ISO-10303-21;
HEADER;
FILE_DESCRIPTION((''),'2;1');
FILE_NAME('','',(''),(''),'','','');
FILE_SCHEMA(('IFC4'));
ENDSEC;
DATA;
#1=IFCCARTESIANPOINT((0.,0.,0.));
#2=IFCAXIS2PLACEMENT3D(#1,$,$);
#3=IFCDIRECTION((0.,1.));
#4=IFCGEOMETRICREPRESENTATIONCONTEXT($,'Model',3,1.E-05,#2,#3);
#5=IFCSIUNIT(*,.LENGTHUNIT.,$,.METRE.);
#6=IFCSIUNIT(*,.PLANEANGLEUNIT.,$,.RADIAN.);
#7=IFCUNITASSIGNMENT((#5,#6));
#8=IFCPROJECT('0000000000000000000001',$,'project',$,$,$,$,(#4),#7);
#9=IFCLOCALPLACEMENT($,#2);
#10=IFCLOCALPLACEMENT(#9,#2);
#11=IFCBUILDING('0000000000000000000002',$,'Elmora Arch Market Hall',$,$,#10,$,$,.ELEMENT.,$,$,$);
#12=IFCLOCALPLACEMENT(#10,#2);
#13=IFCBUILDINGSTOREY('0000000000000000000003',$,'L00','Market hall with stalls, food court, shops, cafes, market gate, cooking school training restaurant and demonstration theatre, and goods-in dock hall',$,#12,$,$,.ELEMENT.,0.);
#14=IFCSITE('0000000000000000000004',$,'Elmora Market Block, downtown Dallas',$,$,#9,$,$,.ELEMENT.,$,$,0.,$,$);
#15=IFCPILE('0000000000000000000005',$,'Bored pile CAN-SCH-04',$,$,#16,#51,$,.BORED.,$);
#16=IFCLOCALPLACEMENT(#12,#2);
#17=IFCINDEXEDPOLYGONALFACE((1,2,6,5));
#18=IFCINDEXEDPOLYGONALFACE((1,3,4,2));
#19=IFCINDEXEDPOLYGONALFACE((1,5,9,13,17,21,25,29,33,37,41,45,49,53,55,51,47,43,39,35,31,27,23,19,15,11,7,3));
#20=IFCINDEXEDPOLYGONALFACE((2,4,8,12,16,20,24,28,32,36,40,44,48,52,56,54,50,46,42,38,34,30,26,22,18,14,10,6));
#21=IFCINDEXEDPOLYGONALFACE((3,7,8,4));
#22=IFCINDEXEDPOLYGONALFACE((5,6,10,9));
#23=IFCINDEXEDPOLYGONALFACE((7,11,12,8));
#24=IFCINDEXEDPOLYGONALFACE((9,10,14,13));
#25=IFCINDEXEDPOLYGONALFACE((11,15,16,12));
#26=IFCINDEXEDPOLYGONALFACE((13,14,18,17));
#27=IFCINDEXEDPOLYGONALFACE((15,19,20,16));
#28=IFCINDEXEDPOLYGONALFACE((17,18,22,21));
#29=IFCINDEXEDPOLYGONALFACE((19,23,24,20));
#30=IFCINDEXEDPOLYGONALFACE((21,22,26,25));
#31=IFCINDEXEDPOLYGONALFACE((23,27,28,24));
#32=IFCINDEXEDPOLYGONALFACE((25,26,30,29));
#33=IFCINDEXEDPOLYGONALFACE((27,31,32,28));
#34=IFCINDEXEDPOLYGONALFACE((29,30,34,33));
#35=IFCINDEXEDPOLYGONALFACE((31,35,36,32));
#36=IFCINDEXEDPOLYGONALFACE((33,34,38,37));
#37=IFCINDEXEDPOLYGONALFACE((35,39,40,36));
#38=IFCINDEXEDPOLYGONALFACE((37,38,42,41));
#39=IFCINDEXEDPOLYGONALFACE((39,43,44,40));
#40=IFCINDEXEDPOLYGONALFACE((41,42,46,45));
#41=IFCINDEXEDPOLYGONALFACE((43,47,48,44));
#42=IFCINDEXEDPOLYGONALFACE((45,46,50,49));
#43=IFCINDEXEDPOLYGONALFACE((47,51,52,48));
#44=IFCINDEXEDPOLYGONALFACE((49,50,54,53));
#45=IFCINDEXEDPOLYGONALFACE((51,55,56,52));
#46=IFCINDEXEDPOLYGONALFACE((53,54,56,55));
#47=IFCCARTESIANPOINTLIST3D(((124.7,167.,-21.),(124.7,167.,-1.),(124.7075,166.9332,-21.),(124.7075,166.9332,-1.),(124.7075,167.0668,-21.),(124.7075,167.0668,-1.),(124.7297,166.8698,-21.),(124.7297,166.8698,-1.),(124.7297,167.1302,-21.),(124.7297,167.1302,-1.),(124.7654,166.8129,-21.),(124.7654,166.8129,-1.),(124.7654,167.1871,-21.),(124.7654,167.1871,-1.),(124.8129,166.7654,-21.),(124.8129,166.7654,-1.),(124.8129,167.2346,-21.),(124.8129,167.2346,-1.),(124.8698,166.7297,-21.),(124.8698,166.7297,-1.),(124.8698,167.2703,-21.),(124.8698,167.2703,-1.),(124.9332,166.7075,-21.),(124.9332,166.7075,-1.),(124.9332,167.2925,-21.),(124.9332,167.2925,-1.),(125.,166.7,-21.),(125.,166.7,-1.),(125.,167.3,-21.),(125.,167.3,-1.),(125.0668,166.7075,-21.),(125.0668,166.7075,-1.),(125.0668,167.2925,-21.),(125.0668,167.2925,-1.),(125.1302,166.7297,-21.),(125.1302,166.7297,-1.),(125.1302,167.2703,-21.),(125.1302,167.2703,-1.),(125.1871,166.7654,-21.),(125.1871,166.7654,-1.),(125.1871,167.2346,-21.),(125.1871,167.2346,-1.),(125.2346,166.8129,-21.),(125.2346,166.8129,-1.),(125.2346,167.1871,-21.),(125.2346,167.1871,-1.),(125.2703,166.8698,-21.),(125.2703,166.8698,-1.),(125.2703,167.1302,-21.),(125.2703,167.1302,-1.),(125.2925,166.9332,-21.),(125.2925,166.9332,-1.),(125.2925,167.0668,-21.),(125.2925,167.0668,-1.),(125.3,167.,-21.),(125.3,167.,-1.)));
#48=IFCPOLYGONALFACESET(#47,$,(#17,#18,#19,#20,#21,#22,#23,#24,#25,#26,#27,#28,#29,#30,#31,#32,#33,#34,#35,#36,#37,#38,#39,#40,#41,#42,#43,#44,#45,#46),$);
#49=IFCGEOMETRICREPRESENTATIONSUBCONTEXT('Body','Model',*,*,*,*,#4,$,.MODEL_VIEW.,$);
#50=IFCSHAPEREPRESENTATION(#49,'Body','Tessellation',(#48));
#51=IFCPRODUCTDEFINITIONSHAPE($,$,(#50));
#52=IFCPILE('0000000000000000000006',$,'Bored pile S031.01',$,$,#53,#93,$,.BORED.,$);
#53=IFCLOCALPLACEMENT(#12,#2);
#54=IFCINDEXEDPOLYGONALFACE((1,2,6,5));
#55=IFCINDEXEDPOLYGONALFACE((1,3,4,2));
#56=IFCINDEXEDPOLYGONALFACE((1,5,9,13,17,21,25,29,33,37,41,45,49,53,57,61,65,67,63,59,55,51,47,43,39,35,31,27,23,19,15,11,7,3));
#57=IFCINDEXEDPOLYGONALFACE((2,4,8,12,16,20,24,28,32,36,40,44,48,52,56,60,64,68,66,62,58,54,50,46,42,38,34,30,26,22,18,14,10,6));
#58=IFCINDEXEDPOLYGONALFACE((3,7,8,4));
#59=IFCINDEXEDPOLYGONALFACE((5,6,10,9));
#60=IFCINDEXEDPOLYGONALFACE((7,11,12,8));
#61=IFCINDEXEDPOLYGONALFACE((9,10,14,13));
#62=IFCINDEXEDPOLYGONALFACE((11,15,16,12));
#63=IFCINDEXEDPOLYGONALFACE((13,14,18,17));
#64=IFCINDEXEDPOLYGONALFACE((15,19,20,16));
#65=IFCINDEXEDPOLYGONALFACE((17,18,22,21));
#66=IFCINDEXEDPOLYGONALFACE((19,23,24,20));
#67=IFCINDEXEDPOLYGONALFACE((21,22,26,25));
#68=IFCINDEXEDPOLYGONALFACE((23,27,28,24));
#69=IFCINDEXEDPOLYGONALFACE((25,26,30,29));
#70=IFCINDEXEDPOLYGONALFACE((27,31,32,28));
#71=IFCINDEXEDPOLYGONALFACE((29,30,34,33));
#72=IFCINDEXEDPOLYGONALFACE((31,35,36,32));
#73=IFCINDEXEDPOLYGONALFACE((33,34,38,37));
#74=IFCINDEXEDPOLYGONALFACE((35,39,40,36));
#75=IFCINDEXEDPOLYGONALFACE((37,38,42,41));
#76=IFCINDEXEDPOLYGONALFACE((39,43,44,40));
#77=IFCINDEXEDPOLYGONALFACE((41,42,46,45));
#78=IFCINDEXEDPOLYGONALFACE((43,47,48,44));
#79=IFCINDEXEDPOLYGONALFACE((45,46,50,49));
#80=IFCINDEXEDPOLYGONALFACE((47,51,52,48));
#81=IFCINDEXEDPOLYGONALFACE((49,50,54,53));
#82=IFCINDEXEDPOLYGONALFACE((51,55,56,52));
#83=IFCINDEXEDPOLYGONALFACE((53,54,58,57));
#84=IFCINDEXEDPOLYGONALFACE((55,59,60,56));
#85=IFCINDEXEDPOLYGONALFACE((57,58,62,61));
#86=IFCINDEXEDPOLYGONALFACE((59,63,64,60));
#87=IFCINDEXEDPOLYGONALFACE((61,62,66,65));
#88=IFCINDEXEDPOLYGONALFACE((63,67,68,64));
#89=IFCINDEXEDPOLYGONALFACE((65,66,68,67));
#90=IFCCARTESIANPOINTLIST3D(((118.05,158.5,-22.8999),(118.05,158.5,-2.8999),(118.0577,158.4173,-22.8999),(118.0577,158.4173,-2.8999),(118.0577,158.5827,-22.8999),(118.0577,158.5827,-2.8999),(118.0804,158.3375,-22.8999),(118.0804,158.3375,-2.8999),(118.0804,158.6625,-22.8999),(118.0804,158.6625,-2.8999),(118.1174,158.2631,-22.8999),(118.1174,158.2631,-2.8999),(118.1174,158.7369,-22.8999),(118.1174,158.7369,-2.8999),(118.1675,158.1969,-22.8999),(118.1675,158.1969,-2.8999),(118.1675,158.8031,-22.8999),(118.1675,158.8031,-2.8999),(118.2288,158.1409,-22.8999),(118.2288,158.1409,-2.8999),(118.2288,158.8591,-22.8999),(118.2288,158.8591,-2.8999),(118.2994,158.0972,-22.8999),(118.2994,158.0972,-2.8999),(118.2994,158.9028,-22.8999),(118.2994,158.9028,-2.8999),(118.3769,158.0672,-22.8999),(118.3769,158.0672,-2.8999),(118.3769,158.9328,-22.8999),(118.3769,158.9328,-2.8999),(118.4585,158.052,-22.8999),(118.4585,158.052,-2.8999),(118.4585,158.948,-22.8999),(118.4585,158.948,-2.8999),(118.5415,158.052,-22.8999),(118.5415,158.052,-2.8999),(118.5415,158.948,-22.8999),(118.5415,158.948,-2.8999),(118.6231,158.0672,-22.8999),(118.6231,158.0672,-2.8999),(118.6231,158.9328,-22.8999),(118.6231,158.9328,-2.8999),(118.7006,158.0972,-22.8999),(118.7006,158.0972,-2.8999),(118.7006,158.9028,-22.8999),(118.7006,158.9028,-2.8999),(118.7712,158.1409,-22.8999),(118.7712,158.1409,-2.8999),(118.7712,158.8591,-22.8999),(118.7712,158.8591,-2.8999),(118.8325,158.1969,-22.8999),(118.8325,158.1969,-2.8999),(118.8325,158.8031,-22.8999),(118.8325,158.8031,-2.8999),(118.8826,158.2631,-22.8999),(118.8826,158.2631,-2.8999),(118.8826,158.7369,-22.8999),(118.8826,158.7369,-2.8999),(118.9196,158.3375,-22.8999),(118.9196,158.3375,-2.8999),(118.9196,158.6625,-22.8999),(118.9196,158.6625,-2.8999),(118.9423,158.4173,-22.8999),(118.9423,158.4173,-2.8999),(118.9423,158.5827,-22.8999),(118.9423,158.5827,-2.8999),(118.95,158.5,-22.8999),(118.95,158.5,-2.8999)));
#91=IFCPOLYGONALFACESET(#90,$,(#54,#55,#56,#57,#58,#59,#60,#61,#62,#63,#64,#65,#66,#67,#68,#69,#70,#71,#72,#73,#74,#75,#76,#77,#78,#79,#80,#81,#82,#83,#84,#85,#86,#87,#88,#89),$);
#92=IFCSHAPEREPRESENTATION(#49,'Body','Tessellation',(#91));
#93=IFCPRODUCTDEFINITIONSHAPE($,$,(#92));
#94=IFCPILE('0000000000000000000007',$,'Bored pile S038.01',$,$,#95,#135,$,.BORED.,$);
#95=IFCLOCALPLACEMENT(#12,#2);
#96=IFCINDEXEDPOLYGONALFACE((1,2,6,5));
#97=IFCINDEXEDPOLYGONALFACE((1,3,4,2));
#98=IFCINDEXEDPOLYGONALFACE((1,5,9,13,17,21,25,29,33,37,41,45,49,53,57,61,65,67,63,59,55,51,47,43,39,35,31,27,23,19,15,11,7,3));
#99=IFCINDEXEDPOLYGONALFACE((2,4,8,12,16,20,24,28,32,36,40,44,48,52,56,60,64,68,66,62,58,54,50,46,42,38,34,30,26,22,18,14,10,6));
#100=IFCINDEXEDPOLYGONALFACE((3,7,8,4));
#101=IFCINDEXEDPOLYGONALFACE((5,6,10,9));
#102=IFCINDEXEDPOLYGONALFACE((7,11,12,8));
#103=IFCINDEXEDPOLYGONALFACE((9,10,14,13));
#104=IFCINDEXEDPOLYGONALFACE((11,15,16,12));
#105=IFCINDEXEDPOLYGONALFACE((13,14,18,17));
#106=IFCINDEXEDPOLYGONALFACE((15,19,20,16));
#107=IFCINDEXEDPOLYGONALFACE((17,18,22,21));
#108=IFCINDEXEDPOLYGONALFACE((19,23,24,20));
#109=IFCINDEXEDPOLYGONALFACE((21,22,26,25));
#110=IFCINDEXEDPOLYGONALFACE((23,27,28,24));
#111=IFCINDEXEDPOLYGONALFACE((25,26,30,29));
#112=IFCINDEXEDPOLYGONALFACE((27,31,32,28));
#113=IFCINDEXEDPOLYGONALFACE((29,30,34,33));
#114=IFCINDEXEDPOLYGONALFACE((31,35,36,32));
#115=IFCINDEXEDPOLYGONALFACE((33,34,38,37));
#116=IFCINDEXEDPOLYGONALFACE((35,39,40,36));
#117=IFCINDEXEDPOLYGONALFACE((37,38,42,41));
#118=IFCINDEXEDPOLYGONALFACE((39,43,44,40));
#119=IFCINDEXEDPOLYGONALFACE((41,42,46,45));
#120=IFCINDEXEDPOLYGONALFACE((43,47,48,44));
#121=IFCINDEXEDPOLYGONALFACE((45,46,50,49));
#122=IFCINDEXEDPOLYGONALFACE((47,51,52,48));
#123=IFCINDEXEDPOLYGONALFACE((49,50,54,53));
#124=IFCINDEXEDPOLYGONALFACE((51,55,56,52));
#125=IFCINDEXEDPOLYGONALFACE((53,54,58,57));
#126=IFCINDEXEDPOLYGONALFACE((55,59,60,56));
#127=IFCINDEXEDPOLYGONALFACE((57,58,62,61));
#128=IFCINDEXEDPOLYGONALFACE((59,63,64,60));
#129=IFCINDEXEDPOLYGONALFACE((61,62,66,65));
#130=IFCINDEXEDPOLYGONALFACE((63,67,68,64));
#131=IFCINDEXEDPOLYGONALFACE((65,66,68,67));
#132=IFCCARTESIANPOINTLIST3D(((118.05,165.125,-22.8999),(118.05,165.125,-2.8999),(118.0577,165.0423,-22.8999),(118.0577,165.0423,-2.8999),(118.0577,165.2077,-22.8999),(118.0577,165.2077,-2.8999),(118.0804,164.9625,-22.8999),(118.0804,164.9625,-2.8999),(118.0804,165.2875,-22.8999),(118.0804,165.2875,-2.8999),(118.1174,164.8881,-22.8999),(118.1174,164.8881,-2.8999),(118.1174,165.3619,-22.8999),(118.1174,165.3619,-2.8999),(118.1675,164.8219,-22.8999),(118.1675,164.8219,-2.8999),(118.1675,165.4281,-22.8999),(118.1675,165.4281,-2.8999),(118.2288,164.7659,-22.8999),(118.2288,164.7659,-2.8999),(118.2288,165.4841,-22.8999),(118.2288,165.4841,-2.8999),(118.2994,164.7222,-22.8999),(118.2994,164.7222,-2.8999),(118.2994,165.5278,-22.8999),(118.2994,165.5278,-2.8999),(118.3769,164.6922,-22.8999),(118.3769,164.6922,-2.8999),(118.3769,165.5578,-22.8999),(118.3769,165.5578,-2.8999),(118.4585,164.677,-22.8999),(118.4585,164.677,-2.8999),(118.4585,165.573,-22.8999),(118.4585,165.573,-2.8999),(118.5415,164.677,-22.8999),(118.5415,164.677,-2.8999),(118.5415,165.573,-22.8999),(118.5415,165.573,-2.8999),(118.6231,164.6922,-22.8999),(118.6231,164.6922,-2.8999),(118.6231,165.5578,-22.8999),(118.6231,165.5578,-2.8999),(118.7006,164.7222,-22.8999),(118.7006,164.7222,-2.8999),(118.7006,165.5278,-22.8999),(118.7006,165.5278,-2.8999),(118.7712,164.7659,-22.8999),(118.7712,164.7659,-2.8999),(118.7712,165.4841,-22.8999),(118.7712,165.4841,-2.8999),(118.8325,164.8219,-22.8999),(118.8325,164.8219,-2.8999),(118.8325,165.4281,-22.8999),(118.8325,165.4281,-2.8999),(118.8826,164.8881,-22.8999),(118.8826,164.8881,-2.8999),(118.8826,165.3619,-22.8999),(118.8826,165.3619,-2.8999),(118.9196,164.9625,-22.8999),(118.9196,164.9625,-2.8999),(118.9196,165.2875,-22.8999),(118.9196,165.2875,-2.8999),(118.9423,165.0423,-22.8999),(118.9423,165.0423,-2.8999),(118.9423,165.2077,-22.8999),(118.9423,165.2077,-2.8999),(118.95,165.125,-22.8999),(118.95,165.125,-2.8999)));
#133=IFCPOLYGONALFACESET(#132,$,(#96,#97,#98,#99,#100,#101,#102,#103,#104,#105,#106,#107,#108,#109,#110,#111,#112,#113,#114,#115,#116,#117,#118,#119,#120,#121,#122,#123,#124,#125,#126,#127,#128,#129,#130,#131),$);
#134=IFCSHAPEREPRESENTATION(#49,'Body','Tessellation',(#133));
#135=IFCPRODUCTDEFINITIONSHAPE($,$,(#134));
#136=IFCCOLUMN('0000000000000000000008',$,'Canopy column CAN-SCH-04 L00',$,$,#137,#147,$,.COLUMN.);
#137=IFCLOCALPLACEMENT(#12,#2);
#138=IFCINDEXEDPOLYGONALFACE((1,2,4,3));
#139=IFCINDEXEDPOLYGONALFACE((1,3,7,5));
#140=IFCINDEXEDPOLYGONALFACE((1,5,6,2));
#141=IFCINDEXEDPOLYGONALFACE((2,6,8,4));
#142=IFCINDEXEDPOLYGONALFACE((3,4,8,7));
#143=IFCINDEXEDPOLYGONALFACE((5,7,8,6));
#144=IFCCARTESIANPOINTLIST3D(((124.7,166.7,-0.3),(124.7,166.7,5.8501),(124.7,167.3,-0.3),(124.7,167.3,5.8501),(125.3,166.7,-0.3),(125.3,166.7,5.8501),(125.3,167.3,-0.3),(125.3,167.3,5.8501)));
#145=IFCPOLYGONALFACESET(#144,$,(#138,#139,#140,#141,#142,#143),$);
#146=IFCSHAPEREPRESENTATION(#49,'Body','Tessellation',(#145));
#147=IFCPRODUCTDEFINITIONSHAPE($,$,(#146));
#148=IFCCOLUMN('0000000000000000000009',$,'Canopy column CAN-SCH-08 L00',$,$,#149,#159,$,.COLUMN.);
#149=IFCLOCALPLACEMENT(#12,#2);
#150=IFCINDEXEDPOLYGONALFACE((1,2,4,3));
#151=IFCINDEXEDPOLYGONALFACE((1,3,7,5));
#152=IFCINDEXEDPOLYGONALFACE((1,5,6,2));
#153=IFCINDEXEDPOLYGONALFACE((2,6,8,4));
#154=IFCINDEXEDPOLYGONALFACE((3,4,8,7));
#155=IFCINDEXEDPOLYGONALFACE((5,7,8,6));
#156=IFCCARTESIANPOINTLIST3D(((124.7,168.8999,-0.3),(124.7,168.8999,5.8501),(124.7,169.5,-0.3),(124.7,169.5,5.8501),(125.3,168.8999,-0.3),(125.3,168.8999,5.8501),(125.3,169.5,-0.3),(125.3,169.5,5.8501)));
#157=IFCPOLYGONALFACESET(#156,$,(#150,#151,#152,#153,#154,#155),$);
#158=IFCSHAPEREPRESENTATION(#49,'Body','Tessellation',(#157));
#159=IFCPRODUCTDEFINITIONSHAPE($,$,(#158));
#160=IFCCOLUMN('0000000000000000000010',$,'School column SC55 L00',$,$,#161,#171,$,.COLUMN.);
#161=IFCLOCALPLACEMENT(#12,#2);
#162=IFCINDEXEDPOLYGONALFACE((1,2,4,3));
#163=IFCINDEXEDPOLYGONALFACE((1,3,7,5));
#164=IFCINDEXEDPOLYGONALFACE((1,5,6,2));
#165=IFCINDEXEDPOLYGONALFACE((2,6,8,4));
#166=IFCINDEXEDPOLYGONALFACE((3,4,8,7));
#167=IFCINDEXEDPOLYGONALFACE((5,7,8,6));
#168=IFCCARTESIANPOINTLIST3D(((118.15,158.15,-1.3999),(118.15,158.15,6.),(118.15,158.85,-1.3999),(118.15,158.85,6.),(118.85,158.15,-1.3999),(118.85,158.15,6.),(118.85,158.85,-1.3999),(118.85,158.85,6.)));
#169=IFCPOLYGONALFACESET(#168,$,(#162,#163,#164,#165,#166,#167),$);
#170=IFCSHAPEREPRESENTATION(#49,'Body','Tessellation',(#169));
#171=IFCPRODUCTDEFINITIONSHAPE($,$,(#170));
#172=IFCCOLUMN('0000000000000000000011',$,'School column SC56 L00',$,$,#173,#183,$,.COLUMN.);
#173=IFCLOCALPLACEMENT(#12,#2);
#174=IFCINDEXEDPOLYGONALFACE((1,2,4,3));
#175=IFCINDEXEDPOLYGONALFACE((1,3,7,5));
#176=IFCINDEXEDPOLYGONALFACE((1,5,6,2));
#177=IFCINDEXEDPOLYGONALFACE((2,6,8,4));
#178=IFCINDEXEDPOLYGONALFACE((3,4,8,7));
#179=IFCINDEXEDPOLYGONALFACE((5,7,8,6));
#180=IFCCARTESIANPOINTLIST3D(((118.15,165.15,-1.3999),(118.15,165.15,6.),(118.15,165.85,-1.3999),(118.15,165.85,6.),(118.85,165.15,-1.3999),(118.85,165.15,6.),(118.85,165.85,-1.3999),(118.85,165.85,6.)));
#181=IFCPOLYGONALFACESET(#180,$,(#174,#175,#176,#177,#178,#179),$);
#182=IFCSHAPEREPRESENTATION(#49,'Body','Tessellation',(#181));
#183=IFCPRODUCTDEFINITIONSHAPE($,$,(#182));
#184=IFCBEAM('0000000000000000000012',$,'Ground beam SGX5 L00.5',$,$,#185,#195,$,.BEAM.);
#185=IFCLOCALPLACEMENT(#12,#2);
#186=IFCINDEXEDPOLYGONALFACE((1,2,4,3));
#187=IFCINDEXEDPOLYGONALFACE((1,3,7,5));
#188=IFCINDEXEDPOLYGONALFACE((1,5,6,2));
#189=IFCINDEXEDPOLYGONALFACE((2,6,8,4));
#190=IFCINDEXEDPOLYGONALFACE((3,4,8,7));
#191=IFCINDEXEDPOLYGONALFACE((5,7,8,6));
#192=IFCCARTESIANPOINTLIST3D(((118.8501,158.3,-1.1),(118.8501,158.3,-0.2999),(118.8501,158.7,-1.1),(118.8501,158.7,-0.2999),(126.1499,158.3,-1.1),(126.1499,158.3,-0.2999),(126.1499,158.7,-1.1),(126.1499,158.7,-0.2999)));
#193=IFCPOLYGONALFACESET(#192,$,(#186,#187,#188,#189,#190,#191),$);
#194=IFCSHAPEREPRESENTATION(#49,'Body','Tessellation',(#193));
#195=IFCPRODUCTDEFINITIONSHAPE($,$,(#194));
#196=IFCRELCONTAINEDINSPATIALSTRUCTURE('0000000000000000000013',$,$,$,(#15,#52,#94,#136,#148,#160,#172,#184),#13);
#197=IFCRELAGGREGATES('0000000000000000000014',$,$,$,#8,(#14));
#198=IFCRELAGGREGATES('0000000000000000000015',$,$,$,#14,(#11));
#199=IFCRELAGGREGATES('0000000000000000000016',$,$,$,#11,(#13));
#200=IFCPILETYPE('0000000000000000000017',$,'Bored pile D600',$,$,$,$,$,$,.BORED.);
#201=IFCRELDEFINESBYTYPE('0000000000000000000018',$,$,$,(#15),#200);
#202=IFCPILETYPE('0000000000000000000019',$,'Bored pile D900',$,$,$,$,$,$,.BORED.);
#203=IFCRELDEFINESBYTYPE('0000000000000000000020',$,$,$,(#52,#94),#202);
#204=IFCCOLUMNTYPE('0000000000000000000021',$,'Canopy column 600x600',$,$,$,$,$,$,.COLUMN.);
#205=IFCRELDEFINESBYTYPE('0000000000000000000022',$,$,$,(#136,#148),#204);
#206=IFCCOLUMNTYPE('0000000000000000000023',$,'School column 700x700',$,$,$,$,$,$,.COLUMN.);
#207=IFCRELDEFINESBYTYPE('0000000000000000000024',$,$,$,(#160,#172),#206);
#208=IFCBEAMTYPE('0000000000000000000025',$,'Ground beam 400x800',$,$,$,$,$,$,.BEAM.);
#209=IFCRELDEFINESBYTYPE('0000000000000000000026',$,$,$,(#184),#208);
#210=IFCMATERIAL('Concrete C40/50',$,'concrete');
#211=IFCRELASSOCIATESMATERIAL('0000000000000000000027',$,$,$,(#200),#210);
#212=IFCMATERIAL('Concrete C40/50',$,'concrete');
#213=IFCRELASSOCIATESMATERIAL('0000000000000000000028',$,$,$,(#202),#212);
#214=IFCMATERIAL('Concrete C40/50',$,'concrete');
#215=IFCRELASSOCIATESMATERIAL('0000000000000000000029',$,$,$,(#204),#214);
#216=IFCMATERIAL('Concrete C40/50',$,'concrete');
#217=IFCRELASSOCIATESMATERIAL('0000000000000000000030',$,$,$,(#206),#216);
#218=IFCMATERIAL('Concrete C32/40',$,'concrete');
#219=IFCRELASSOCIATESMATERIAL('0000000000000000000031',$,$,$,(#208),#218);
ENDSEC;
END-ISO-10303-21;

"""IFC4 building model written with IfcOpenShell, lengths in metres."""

from ifc_helpers import new_model, si_unit, direction, frame, origin, origin_2d, place, context, subcontext, project, spatial, rectangle, circle, extrude, material, material_profile, profile_set, type_object, element, save


model = new_model("IFC4")

# Units and contexts
model_context = context("Model", 3, precision=1e-05, world=origin(), true_north=direction((0.0, 1.0)))
body_context = subcontext(model_context, "Body", "Model", "MODEL_VIEW")
ifc_project = project(units=[si_unit("LENGTHUNIT", "METRE"), si_unit("PLANEANGLEUNIT", "RADIAN")], contexts=[model_context])

# Site, building, storey
site_placement = place(None, origin())
site = spatial("IfcSite", under=ifc_project, at=site_placement, Name="Elmora Market Block, downtown Dallas", CompositionType="ELEMENT", RefElevation=0.0)
building_placement = place(site_placement, origin())
building = spatial("IfcBuilding", under=site, at=building_placement, Name="Elmora Arch Market Hall", CompositionType="ELEMENT")
storey_placement = place(building_placement, origin())
storey = spatial("IfcBuildingStorey", under=building, at=storey_placement, Name="L00", Description="Market hall with stalls, food court, shops, cafes, market gate, cooking school training restaurant and demonstration theatre, and goods-in dock hall", CompositionType="ELEMENT", Elevation=0.0)

# Piles
ifc_material_1 = material(Name="Concrete C40/50", Category="concrete")
ifc_material_profile_1 = material_profile(ifc_material_1, circle(Radius=0.3, at=origin_2d()), Name="Bored pile D600")
ifc_profile_set_1 = profile_set([ifc_material_profile_1], Name="Concrete C40/50")
pile_type_1 = type_object("IfcPileType", Name="Bored pile D600", PredefinedType="BORED", material=ifc_profile_set_1)
pile_placement = place(storey_placement, frame((125.0, 167.0, -1.0), z_axis=(0.0, 0.0, -1.0), x_axis=(1.0, 0.0, 0.0)))
element("IfcPile", 1, at=pile_placement, inside=storey, type_object=pile_type_1, Name="Bored pile CAN-SCH-04", PredefinedType="BORED", context=body_context, shape_type="SweptSolid", body=[
    extrude(circle(Radius=0.3, at=origin_2d()), origin(), (0.0, 0.0, 1.0), 20.0),
])
ifc_material_2 = material(Name="Concrete C40/50", Category="concrete")
ifc_material_profile_2 = material_profile(ifc_material_2, circle(Radius=0.45, at=origin_2d()), Name="Bored pile D900")
ifc_profile_set_2 = profile_set([ifc_material_profile_2], Name="Concrete C40/50")
pile_type_2 = type_object("IfcPileType", Name="Bored pile D900", PredefinedType="BORED", material=ifc_profile_set_2)
for number, where, z_axis, x_axis, name in (
    (2, (118.5, 158.5, -2.8999), (0.0, 0.0, -1.0), (1.0, 0.0, 0.0), "Bored pile S031.01"),
    (3, (118.5, 165.125, -2.8999), (0.0, 0.0, -1.0), (1.0, 0.0, 0.0), "Bored pile S038.01"),
):
    element("IfcPile", number, at=place(storey_placement, frame(where, z_axis=z_axis, x_axis=x_axis)), inside=storey, type_object=pile_type_2, Name=name, PredefinedType="BORED", context=body_context, shape_type="SweptSolid", body=[
        extrude(circle(Radius=0.45, at=origin_2d()), origin(), (0.0, 0.0, 1.0), 20.0),
    ])

# Columns
ifc_material_3 = material(Name="Concrete C40/50", Category="concrete")
ifc_material_profile_3 = material_profile(ifc_material_3, rectangle(XDim=0.6001, YDim=0.6001, at=origin_2d()), Name="Canopy column 600x600")
ifc_profile_set_3 = profile_set([ifc_material_profile_3], Name="Concrete C40/50")
column_type_1 = type_object("IfcColumnType", Name="Canopy column 600x600", PredefinedType="COLUMN", material=ifc_profile_set_3)
for number, where, z_axis, x_axis, name in (
    (4, (125.0, 167.0, -0.3), (0.0, 0.0, 1.0), (1.0, 0.0, 0.0), "Canopy column CAN-SCH-04 L00"),
    (5, (125.0, 169.2, -0.3), (0.0, 0.0, 1.0), (1.0, 0.0, 0.0), "Canopy column CAN-SCH-08 L00"),
):
    element("IfcColumn", number, at=place(storey_placement, frame(where, z_axis=z_axis, x_axis=x_axis)), inside=storey, type_object=column_type_1, Name=name, PredefinedType="COLUMN", context=body_context, shape_type="SweptSolid", body=[
        extrude(rectangle(XDim=0.6001, YDim=0.6001, at=origin_2d()), origin(), (0.0, 0.0, 1.0), 6.1501),
    ])
ifc_material_4 = material(Name="Concrete C40/50", Category="concrete")
ifc_material_profile_4 = material_profile(ifc_material_4, rectangle(XDim=0.7, YDim=0.7, at=origin_2d()), Name="School column 700x700")
ifc_profile_set_4 = profile_set([ifc_material_profile_4], Name="Concrete C40/50")
column_type_2 = type_object("IfcColumnType", Name="School column 700x700", PredefinedType="COLUMN", material=ifc_profile_set_4)
for number, where, z_axis, x_axis, name in (
    (6, (118.5, 158.5, -1.3999), (0.0, 0.0, 1.0), (1.0, 0.0, 0.0), "School column SC55 L00"),
    (7, (118.5, 165.5, -1.3999), (0.0, 0.0, 1.0), (1.0, 0.0, 0.0), "School column SC56 L00"),
):
    element("IfcColumn", number, at=place(storey_placement, frame(where, z_axis=z_axis, x_axis=x_axis)), inside=storey, type_object=column_type_2, Name=name, PredefinedType="COLUMN", context=body_context, shape_type="SweptSolid", body=[
        extrude(rectangle(XDim=0.7, YDim=0.7, at=origin_2d()), origin(), (0.0, 0.0, 1.0), 7.3999),
    ])

# Beam
ifc_material_5 = material(Name="Concrete C32/40", Category="concrete")
ifc_material_profile_5 = material_profile(ifc_material_5, rectangle(XDim=0.3999, YDim=0.8, at=origin_2d()), Name="Ground beam 400x800")
ifc_profile_set_5 = profile_set([ifc_material_profile_5], Name="Concrete C32/40")
beam_type_1 = type_object("IfcBeamType", Name="Ground beam 400x800", PredefinedType="BEAM", material=ifc_profile_set_5)
for number, where, z_axis, x_axis, name in (
    (8, (118.8501, 158.5, -0.7), (1.0, 0.0, 0.0), (0.0, 1.0, 0.0), "Ground beam SGX5 L00.5"),
):
    element("IfcBeam", number, at=place(storey_placement, frame(where, z_axis=z_axis, x_axis=x_axis)), inside=storey, type_object=beam_type_1, Name=name, PredefinedType="BEAM", context=body_context, shape_type="SweptSolid", body=[
        extrude(rectangle(XDim=0.3999, YDim=0.8, at=origin_2d()), origin(), (0.0, 0.0, 1.0), 7.2998),
    ])

save(model, "model.ifc")
